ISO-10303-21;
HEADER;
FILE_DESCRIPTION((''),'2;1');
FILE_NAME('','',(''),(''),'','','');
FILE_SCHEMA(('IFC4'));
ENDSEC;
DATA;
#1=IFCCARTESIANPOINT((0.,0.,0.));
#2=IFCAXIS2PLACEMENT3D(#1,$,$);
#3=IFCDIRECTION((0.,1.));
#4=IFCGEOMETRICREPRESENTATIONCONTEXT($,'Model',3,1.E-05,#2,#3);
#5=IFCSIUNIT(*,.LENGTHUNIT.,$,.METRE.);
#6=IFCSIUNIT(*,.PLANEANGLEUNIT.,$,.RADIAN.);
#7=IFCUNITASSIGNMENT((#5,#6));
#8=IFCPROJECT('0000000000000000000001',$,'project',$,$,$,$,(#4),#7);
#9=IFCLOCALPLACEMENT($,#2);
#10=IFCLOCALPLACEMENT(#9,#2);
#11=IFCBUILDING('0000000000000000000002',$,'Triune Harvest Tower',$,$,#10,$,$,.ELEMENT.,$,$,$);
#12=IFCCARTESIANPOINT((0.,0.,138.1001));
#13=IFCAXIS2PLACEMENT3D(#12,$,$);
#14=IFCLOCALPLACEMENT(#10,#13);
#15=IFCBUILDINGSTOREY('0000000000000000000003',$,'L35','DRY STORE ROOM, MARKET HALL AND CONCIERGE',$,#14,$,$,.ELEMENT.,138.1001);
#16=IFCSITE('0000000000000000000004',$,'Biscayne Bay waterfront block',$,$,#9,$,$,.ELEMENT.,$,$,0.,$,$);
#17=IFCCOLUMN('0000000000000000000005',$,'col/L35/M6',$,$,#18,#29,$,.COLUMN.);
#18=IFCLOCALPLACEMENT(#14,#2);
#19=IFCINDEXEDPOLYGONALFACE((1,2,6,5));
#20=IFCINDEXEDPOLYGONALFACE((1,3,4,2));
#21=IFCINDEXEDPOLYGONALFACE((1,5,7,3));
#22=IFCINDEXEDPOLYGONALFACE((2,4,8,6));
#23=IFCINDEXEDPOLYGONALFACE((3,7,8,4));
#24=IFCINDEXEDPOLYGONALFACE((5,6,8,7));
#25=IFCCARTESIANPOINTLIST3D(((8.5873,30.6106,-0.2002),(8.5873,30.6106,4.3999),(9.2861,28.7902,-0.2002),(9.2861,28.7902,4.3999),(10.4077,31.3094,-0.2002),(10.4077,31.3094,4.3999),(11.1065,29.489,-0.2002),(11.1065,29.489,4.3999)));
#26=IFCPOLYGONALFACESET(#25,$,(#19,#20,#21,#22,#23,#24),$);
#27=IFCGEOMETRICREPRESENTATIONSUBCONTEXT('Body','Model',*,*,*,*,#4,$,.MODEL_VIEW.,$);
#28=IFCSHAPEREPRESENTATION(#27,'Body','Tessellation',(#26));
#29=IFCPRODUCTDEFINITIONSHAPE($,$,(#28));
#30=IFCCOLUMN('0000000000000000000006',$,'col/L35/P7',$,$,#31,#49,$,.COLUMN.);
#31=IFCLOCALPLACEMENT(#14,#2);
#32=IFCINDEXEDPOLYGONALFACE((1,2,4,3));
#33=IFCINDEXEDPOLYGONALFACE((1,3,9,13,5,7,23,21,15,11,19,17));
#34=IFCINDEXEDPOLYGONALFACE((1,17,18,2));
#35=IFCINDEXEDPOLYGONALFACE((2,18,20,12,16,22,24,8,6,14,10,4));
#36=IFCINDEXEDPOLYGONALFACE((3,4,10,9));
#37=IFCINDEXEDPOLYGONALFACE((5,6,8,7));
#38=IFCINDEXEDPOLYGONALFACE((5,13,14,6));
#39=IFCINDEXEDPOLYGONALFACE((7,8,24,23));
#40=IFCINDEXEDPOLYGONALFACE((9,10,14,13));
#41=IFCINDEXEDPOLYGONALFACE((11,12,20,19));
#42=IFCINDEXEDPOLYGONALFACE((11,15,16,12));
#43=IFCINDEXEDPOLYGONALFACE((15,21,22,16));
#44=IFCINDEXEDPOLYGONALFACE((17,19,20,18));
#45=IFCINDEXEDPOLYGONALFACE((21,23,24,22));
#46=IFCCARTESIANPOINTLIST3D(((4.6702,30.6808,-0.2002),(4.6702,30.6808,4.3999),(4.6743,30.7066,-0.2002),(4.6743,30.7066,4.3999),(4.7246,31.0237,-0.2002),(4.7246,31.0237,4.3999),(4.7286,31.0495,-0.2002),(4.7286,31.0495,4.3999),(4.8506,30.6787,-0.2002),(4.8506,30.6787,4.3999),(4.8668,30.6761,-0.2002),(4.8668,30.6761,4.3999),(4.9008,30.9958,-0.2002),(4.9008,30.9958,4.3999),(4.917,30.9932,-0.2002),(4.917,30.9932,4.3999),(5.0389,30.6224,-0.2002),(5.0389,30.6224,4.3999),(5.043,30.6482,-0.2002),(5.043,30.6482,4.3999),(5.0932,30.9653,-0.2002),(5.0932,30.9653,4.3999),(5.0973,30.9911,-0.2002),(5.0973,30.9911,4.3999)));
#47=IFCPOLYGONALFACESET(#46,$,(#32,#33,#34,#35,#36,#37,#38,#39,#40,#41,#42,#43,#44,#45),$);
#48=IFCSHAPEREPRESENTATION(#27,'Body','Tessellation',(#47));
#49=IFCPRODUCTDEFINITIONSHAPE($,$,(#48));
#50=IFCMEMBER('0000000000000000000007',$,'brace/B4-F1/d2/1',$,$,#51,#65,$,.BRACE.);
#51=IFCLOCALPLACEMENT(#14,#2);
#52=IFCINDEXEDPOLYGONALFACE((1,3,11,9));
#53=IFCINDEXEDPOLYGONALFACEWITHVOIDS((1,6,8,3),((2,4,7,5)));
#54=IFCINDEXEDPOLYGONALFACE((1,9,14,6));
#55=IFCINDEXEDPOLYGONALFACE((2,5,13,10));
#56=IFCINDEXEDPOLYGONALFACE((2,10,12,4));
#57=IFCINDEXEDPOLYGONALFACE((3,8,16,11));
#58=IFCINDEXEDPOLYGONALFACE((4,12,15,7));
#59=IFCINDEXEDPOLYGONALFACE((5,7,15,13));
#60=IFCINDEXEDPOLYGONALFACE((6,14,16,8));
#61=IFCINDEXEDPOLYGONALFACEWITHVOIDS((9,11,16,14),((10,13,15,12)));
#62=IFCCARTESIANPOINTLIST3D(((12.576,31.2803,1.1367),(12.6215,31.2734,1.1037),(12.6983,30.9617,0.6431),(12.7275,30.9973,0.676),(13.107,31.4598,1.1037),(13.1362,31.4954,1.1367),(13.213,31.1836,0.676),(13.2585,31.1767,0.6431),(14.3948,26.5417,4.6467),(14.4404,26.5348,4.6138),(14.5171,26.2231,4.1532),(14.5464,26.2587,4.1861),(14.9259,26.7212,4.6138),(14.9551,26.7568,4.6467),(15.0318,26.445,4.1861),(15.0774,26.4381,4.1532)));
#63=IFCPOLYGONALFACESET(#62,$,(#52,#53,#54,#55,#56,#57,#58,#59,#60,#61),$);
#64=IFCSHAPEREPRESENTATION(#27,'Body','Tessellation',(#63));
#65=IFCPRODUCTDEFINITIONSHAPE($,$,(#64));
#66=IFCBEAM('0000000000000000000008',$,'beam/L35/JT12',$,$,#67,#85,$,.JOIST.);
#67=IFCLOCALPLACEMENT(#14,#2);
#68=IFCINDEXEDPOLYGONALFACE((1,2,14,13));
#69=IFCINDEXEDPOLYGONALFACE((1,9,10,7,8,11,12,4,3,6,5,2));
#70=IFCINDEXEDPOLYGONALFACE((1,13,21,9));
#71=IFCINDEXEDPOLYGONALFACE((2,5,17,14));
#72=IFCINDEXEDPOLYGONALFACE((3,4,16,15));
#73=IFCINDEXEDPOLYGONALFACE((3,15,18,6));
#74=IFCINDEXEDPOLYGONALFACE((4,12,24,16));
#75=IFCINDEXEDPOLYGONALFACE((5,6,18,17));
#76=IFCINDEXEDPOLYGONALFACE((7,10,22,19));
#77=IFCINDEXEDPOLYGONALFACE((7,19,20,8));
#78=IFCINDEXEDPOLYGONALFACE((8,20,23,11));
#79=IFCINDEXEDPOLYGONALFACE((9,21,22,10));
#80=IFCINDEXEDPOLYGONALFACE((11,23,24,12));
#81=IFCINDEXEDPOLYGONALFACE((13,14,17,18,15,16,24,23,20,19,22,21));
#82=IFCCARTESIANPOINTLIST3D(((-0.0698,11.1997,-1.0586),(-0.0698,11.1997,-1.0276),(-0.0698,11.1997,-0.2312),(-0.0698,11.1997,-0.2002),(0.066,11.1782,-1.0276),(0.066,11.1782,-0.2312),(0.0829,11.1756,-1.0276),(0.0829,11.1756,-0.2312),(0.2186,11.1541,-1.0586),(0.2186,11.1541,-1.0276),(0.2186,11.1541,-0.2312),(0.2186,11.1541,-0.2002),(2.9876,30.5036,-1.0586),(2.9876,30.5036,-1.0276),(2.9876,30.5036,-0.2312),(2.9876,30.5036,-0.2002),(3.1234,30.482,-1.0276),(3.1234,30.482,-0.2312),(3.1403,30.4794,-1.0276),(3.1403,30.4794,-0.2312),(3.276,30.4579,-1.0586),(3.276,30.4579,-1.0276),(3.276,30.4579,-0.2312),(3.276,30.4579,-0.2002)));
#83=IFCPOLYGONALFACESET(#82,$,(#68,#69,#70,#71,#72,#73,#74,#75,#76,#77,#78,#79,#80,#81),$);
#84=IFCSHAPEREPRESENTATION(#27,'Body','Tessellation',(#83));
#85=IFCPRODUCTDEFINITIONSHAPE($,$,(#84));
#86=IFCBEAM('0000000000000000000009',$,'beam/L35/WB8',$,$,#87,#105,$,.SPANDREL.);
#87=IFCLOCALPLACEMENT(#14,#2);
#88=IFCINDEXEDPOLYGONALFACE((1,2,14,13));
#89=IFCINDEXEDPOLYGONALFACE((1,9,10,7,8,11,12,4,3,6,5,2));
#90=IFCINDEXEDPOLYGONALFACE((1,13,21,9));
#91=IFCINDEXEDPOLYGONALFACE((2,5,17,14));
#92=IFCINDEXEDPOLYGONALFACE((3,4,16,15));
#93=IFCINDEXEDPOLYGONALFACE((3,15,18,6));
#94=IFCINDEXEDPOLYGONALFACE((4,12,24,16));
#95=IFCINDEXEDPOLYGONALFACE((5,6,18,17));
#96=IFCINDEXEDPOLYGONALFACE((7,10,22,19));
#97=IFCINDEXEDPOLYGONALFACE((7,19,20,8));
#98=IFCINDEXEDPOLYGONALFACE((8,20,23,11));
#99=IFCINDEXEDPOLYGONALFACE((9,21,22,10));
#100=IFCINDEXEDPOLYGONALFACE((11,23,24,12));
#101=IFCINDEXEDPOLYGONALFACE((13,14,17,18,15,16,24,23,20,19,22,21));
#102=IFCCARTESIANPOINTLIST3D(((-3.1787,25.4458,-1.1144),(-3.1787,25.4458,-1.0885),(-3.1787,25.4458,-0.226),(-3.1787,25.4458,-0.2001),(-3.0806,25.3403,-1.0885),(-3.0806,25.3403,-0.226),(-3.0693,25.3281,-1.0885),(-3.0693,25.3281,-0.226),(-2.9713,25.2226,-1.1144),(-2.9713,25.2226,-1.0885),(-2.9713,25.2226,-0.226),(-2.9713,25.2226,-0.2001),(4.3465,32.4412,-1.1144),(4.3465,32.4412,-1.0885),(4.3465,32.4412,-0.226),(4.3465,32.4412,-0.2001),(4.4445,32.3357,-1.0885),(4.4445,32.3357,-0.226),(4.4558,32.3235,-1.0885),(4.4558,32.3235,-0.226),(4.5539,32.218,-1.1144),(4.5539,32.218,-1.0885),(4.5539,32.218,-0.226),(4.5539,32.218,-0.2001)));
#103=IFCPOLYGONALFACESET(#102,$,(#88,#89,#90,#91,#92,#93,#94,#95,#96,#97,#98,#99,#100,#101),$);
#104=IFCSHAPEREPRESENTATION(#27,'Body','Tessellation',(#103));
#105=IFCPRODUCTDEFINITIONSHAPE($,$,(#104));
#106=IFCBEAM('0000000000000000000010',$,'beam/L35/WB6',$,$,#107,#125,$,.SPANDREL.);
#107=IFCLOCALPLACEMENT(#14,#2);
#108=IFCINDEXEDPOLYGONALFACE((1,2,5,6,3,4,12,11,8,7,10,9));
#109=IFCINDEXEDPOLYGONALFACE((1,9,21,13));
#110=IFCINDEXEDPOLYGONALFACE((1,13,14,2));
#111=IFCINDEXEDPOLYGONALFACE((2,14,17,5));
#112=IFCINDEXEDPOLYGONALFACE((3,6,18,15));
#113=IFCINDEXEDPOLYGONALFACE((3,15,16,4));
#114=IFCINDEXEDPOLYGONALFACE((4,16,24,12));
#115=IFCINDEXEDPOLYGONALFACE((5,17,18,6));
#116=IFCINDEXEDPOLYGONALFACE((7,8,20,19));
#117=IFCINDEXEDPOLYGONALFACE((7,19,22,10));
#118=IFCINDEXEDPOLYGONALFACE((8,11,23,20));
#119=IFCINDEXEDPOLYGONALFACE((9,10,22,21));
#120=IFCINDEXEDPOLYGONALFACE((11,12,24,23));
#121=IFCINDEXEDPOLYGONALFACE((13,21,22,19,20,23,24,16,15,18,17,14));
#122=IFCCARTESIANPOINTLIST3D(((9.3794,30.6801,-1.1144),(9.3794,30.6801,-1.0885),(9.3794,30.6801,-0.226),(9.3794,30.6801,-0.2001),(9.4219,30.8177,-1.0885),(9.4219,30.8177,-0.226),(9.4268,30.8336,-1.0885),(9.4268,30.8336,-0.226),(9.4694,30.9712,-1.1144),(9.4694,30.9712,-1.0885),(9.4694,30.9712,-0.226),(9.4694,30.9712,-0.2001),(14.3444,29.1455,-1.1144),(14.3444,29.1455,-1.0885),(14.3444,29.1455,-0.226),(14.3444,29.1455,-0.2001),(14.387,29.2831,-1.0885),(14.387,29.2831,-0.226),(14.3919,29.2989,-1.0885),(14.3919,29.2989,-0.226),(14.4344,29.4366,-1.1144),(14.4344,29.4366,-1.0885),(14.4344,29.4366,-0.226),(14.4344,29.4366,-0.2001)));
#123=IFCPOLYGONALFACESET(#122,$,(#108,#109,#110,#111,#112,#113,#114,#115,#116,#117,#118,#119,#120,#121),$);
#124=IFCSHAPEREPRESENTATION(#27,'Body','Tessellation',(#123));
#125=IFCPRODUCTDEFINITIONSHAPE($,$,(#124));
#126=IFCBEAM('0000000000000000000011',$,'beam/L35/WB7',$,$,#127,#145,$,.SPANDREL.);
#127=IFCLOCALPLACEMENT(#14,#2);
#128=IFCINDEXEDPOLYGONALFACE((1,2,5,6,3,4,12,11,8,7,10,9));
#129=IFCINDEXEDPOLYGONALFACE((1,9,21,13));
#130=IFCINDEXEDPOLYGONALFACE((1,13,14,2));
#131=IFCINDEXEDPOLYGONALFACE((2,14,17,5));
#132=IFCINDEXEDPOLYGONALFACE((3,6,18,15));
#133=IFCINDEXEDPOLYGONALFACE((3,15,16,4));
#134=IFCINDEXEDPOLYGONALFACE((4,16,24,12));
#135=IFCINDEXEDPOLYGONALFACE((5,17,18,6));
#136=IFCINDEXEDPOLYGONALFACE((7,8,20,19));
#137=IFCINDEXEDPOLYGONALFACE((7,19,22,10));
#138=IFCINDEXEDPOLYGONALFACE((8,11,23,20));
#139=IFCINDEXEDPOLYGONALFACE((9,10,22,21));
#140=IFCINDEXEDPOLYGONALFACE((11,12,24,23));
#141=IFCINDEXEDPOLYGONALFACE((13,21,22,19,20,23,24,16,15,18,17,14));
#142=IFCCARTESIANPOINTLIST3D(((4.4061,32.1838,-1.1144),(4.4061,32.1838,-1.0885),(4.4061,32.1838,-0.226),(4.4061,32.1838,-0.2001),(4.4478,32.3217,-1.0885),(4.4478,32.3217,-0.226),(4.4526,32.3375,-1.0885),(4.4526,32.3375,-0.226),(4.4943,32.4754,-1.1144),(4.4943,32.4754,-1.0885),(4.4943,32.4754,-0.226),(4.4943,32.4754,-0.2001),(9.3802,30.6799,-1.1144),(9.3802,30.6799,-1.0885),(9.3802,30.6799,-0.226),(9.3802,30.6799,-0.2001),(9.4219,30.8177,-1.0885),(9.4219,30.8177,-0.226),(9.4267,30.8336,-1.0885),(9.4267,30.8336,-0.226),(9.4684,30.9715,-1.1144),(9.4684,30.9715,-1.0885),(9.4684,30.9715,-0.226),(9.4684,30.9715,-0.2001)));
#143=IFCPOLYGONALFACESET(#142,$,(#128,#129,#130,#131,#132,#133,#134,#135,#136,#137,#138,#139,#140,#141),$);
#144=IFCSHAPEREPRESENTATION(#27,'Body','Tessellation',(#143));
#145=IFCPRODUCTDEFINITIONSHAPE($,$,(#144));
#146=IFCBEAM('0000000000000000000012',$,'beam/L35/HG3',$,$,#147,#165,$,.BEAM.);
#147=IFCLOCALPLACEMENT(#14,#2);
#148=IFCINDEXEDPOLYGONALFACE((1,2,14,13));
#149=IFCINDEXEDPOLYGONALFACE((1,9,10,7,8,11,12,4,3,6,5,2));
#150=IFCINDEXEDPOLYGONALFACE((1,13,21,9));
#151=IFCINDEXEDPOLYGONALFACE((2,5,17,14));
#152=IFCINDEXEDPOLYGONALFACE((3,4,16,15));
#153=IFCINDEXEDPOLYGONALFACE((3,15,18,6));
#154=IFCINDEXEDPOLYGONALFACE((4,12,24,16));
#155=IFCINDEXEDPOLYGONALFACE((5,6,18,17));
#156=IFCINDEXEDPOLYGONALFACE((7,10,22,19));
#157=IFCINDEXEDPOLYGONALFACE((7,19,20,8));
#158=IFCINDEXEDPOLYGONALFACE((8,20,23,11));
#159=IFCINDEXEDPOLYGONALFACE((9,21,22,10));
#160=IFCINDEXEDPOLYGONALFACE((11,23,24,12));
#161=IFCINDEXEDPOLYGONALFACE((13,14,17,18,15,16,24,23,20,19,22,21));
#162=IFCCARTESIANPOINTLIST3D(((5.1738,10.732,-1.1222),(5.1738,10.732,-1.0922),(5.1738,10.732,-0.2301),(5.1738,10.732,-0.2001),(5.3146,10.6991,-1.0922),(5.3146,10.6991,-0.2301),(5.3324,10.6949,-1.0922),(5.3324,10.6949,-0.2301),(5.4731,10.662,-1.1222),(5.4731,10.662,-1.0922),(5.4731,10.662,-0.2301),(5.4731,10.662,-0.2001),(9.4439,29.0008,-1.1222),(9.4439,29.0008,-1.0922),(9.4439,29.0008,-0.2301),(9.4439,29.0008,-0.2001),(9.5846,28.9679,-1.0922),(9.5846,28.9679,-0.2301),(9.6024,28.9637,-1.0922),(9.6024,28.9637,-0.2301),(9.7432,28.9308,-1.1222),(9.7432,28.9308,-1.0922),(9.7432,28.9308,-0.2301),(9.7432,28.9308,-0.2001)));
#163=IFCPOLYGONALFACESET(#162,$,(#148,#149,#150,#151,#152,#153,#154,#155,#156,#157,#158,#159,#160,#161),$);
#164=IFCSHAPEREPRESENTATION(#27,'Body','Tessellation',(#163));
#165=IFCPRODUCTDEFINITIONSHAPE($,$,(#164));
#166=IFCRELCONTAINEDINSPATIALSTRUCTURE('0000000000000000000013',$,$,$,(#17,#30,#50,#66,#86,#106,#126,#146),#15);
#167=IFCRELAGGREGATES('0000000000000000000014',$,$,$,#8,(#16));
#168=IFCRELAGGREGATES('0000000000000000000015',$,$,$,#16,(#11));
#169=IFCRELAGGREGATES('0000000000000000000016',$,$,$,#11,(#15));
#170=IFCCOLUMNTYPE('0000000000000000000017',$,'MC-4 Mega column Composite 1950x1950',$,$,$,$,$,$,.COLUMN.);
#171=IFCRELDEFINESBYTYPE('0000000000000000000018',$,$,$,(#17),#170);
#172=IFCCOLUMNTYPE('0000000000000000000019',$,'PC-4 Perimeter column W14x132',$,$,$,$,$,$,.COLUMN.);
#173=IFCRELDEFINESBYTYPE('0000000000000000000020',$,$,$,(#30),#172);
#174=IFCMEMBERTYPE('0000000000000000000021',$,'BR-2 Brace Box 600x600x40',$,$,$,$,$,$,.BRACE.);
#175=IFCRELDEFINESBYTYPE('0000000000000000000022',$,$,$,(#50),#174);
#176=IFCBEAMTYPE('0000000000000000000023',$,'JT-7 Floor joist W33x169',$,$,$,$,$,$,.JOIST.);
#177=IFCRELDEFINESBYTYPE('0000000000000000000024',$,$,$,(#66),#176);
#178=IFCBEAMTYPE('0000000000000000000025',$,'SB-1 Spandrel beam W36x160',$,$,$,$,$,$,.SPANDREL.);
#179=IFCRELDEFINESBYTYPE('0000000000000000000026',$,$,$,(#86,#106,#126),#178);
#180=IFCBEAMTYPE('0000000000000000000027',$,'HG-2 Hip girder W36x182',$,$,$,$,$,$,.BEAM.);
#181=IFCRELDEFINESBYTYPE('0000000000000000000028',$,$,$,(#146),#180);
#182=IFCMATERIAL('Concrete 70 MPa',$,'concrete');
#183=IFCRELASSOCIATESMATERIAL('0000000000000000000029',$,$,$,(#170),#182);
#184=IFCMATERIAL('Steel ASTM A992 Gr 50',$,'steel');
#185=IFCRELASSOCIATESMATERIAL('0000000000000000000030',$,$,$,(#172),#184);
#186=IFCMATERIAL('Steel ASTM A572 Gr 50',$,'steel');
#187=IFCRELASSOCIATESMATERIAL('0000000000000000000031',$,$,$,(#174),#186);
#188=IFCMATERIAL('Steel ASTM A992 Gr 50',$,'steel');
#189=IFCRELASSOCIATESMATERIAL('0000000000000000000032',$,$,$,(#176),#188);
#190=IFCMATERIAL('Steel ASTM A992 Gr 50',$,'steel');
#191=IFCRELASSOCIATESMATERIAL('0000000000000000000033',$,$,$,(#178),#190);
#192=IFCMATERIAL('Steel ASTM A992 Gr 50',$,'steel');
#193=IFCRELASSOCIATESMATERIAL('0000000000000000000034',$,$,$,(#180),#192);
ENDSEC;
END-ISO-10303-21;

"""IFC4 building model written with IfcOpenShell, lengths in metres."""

from ifc_helpers import new_model, si_unit, direction, frame, origin, origin_2d, place, context, subcontext, project, spatial, rectangle, hollow_rectangle, i_section, extrude, source, transform, mapped, material, material_profile, profile_set, type_object, element, save


model = new_model("IFC4")

# Units and contexts
model_context = context("Model", 3, precision=1e-05, world=origin(), true_north=direction((0.0, 1.0)))
body_context = subcontext(model_context, "Body", "Model", "MODEL_VIEW")
ifc_project = project(units=[si_unit("LENGTHUNIT", "METRE"), si_unit("PLANEANGLEUNIT", "RADIAN")], contexts=[model_context])

# Site, building, storey
site_placement = place(None, origin())
site = spatial("IfcSite", under=ifc_project, at=site_placement, Name="Biscayne Bay waterfront block", CompositionType="ELEMENT", RefElevation=0.0)
building_placement = place(site_placement, origin())
building = spatial("IfcBuilding", under=site, at=building_placement, Name="Triune Harvest Tower", CompositionType="ELEMENT")
storey_placement = place(building_placement, frame((0.0, 0.0, 138.1001)))
storey = spatial("IfcBuildingStorey", under=building, at=storey_placement, Name="L35", Description="DRY STORE ROOM, MARKET HALL AND CONCIERGE", CompositionType="ELEMENT", Elevation=138.1001)

# Columns
ifc_material_1 = material(Name="Concrete 70 MPa", Category="concrete")
ifc_material_profile_1 = material_profile(ifc_material_1, rectangle(XDim=1.95, YDim=1.95, at=origin_2d()), Name="Composite 1950x1950")
ifc_profile_set_1 = profile_set([ifc_material_profile_1], Name="Concrete 70 MPa")
column_type_1 = type_object("IfcColumnType", Name="MC-4 Mega column Composite 1950x1950", PredefinedType="COLUMN", material=ifc_profile_set_1)
shared_shape_1 = source(origin(), body_context, "Body", "SweptSolid", [
    extrude(rectangle(XDim=1.95, YDim=1.95, at=origin_2d()), origin(), (0.0, 0.0, 1.0), 4.6001),
])
column_1_placement = place(storey_placement, frame((9.8469, 30.0498, -0.2002), z_axis=(0.0, 0.0, 1.0), x_axis=(-0.358368, 0.93358, 0.0)))
element("IfcColumn", 1, at=column_1_placement, inside=storey, type_object=column_type_1, Name="col/L35/M6", PredefinedType="COLUMN", context=body_context, shape_type="MappedRepresentation", body=[
    mapped(shared_shape_1, transform((0.0, 0.0, 0.0), scale=1.0)),
])
ifc_material_2 = material(Name="Steel ASTM A992 Gr 50", Category="steel")
ifc_material_profile_2 = material_profile(ifc_material_2, i_section(OverallWidth=0.3733, OverallDepth=0.3733, WebThickness=0.0164, FlangeThickness=0.0261, at=origin_2d()), Name="W14x132")
ifc_profile_set_2 = profile_set([ifc_material_profile_2], Name="Steel ASTM A992 Gr 50")
column_type_2 = type_object("IfcColumnType", Name="PC-4 Perimeter column W14x132", PredefinedType="COLUMN", material=ifc_profile_set_2)
shared_shape_2 = source(origin(), body_context, "Body", "SweptSolid", [
    extrude(i_section(OverallWidth=0.3733, OverallDepth=0.3733, WebThickness=0.0164, FlangeThickness=0.0261, at=origin_2d()), origin(), (0.0, 0.0, 1.0), 4.6001),
])
column_2_placement = place(storey_placement, frame((4.8838, 30.8359, -0.2002), z_axis=(0.0, 0.0, 1.0), x_axis=(-0.987688, 0.156434, 0.0)))
element("IfcColumn", 2, at=column_2_placement, inside=storey, type_object=column_type_2, Name="col/L35/P7", PredefinedType="COLUMN", context=body_context, shape_type="MappedRepresentation", body=[
    mapped(shared_shape_2, transform((0.0, 0.0, 0.0), scale=1.0)),
])

# Member
ifc_material_3 = material(Name="Steel ASTM A572 Gr 50", Category="steel")
ifc_material_profile_3 = material_profile(ifc_material_3, hollow_rectangle(XDim=0.6001, YDim=0.6001, WallThickness=0.04, at=origin_2d()), Name="Box 600x600x40")
ifc_profile_set_3 = profile_set([ifc_material_profile_3], Name="Steel ASTM A572 Gr 50")
member_type_1 = type_object("IfcMemberType", Name="BR-2 Brace Box 600x600x40", PredefinedType="BRACE", material=ifc_profile_set_3)
member_1_placement = place(storey_placement, frame((12.9172, 31.2285, 0.8899), z_axis=(0.294738, -0.767862, 0.568785), x_axis=(0.933587, 0.35835, 0.0)))
element("IfcMember", 3, at=member_1_placement, inside=storey, type_object=member_type_1, Name="brace/B4-F1/d2/1", PredefinedType="BRACE", context=body_context, shape_type="SweptSolid", body=[
    extrude(hollow_rectangle(XDim=0.6001, YDim=0.6001, WallThickness=0.04, at=origin_2d()), origin(), (0.0, 0.0, 1.0), 6.1711),
])

# Beams
ifc_material_4 = material(Name="Steel ASTM A992 Gr 50", Category="steel")
ifc_material_profile_4 = material_profile(ifc_material_4, i_section(OverallWidth=0.292, OverallDepth=0.8584, WebThickness=0.0171, FlangeThickness=0.031, at=origin_2d()), Name="W33x169")
ifc_profile_set_4 = profile_set([ifc_material_profile_4], Name="Steel ASTM A992 Gr 50")
beam_type_1 = type_object("IfcBeamType", Name="JT-7 Floor joist W33x169", PredefinedType="JOIST", material=ifc_profile_set_4)
beam_1_placement = place(storey_placement, frame((3.1318, 30.4807, -0.6294), z_axis=(-0.156433, -0.987689, 0.0), x_axis=(0.987689, -0.156433, 0.0)))
element("IfcBeam", 4, at=beam_1_placement, inside=storey, type_object=beam_type_1, Name="beam/L35/JT12", PredefinedType="JOIST", context=body_context, shape_type="SweptSolid", body=[
    extrude(i_section(OverallWidth=0.292, OverallDepth=0.8584, WebThickness=0.0171, FlangeThickness=0.031, at=origin_2d()), origin(), (0.0, 0.0, 1.0), 19.5444),
])
ifc_material_5 = material(Name="Steel ASTM A992 Gr 50", Category="steel")
ifc_material_profile_5 = material_profile(ifc_material_5, i_section(OverallWidth=0.3047, OverallDepth=0.9143, WebThickness=0.0166, FlangeThickness=0.0259, at=origin_2d()), Name="W36x160")
ifc_profile_set_5 = profile_set([ifc_material_profile_5], Name="Steel ASTM A992 Gr 50")
beam_type_2 = type_object("IfcBeamType", Name="SB-1 Spandrel beam W36x160", PredefinedType="SPANDREL", material=ifc_profile_set_5)
beam_2_placement = place(storey_placement, frame((4.4502, 32.3296, -0.6572), z_axis=(-0.732418, -0.680855, 0.0), x_axis=(0.680855, -0.732418, 0.0)))
element("IfcBeam", 5, at=beam_2_placement, inside=storey, type_object=beam_type_2, Name="beam/L35/WB8", PredefinedType="SPANDREL", context=body_context, shape_type="SweptSolid", body=[
    extrude(i_section(OverallWidth=0.3047, OverallDepth=0.9143, WebThickness=0.0166, FlangeThickness=0.0259, at=origin_2d()), origin(), (0.0, 0.0, 1.0), 10.2744),
])
shared_shape_3 = source(origin(), body_context, "Body", "SweptSolid", [
    extrude(i_section(OverallWidth=0.3047, OverallDepth=0.9143, WebThickness=0.0166, FlangeThickness=0.0259, at=origin_2d()), origin(), (0.0, 0.0, 1.0), 5.1968),
])
beam_3_placement = place(storey_placement, frame((14.3894, 29.291, -0.6572), z_axis=(-0.955402, 0.295307, 0.0), x_axis=(-0.295307, -0.955402, 0.0)))
element("IfcBeam", 6, at=beam_3_placement, inside=storey, type_object=beam_type_2, Name="beam/L35/WB6", PredefinedType="SPANDREL", context=body_context, shape_type="MappedRepresentation", body=[
    mapped(shared_shape_3, transform((0.0, 0.0, 0.0), scale=1.0)),
])
shared_shape_4 = source(origin(), body_context, "Body", "SweptSolid", [
    extrude(i_section(OverallWidth=0.3047, OverallDepth=0.9143, WebThickness=0.0166, FlangeThickness=0.0259, at=origin_2d()), origin(), (0.0, 0.0, 1.0), 5.1965),
])
beam_4_placement = place(storey_placement, frame((9.4243, 30.8257, -0.6572), z_axis=(-0.957206, 0.289408, 0.0), x_axis=(-0.289408, -0.957206, 0.0)))
element("IfcBeam", 7, at=beam_4_placement, inside=storey, type_object=beam_type_2, Name="beam/L35/WB7", PredefinedType="SPANDREL", context=body_context, shape_type="MappedRepresentation", body=[
    mapped(shared_shape_4, transform((0.0, 0.0, 0.0), scale=1.0)),
])
ifc_material_6 = material(Name="Steel ASTM A992 Gr 50", Category="steel")
ifc_material_profile_6 = material_profile(ifc_material_6, i_section(OverallWidth=0.3074, OverallDepth=0.9221, WebThickness=0.0183, FlangeThickness=0.03, at=origin_2d()), Name="W36x182")
ifc_profile_set_6 = profile_set([ifc_material_profile_6], Name="Steel ASTM A992 Gr 50")
beam_type_3 = type_object("IfcBeamType", Name="HG-2 Hip girder W36x182", PredefinedType="BEAM", material=ifc_profile_set_6)
shared_shape_5 = source(origin(), body_context, "Body", "SweptSolid", [
    extrude(i_section(OverallWidth=0.3074, OverallDepth=0.9221, WebThickness=0.0183, FlangeThickness=0.03, at=origin_2d()), origin(), (0.0, 0.0, 1.0), 18.7612),
])
beam_5_placement = place(storey_placement, frame((9.5935, 28.9658, -0.6611), z_axis=(-0.227599, -0.973755, 0.0), x_axis=(0.973755, -0.227599, 0.0)))
element("IfcBeam", 8, at=beam_5_placement, inside=storey, type_object=beam_type_3, Name="beam/L35/HG3", PredefinedType="BEAM", context=body_context, shape_type="MappedRepresentation", body=[
    mapped(shared_shape_5, transform((0.0, 0.0, 0.0), scale=1.0)),
])

save(model, "model.ifc")
